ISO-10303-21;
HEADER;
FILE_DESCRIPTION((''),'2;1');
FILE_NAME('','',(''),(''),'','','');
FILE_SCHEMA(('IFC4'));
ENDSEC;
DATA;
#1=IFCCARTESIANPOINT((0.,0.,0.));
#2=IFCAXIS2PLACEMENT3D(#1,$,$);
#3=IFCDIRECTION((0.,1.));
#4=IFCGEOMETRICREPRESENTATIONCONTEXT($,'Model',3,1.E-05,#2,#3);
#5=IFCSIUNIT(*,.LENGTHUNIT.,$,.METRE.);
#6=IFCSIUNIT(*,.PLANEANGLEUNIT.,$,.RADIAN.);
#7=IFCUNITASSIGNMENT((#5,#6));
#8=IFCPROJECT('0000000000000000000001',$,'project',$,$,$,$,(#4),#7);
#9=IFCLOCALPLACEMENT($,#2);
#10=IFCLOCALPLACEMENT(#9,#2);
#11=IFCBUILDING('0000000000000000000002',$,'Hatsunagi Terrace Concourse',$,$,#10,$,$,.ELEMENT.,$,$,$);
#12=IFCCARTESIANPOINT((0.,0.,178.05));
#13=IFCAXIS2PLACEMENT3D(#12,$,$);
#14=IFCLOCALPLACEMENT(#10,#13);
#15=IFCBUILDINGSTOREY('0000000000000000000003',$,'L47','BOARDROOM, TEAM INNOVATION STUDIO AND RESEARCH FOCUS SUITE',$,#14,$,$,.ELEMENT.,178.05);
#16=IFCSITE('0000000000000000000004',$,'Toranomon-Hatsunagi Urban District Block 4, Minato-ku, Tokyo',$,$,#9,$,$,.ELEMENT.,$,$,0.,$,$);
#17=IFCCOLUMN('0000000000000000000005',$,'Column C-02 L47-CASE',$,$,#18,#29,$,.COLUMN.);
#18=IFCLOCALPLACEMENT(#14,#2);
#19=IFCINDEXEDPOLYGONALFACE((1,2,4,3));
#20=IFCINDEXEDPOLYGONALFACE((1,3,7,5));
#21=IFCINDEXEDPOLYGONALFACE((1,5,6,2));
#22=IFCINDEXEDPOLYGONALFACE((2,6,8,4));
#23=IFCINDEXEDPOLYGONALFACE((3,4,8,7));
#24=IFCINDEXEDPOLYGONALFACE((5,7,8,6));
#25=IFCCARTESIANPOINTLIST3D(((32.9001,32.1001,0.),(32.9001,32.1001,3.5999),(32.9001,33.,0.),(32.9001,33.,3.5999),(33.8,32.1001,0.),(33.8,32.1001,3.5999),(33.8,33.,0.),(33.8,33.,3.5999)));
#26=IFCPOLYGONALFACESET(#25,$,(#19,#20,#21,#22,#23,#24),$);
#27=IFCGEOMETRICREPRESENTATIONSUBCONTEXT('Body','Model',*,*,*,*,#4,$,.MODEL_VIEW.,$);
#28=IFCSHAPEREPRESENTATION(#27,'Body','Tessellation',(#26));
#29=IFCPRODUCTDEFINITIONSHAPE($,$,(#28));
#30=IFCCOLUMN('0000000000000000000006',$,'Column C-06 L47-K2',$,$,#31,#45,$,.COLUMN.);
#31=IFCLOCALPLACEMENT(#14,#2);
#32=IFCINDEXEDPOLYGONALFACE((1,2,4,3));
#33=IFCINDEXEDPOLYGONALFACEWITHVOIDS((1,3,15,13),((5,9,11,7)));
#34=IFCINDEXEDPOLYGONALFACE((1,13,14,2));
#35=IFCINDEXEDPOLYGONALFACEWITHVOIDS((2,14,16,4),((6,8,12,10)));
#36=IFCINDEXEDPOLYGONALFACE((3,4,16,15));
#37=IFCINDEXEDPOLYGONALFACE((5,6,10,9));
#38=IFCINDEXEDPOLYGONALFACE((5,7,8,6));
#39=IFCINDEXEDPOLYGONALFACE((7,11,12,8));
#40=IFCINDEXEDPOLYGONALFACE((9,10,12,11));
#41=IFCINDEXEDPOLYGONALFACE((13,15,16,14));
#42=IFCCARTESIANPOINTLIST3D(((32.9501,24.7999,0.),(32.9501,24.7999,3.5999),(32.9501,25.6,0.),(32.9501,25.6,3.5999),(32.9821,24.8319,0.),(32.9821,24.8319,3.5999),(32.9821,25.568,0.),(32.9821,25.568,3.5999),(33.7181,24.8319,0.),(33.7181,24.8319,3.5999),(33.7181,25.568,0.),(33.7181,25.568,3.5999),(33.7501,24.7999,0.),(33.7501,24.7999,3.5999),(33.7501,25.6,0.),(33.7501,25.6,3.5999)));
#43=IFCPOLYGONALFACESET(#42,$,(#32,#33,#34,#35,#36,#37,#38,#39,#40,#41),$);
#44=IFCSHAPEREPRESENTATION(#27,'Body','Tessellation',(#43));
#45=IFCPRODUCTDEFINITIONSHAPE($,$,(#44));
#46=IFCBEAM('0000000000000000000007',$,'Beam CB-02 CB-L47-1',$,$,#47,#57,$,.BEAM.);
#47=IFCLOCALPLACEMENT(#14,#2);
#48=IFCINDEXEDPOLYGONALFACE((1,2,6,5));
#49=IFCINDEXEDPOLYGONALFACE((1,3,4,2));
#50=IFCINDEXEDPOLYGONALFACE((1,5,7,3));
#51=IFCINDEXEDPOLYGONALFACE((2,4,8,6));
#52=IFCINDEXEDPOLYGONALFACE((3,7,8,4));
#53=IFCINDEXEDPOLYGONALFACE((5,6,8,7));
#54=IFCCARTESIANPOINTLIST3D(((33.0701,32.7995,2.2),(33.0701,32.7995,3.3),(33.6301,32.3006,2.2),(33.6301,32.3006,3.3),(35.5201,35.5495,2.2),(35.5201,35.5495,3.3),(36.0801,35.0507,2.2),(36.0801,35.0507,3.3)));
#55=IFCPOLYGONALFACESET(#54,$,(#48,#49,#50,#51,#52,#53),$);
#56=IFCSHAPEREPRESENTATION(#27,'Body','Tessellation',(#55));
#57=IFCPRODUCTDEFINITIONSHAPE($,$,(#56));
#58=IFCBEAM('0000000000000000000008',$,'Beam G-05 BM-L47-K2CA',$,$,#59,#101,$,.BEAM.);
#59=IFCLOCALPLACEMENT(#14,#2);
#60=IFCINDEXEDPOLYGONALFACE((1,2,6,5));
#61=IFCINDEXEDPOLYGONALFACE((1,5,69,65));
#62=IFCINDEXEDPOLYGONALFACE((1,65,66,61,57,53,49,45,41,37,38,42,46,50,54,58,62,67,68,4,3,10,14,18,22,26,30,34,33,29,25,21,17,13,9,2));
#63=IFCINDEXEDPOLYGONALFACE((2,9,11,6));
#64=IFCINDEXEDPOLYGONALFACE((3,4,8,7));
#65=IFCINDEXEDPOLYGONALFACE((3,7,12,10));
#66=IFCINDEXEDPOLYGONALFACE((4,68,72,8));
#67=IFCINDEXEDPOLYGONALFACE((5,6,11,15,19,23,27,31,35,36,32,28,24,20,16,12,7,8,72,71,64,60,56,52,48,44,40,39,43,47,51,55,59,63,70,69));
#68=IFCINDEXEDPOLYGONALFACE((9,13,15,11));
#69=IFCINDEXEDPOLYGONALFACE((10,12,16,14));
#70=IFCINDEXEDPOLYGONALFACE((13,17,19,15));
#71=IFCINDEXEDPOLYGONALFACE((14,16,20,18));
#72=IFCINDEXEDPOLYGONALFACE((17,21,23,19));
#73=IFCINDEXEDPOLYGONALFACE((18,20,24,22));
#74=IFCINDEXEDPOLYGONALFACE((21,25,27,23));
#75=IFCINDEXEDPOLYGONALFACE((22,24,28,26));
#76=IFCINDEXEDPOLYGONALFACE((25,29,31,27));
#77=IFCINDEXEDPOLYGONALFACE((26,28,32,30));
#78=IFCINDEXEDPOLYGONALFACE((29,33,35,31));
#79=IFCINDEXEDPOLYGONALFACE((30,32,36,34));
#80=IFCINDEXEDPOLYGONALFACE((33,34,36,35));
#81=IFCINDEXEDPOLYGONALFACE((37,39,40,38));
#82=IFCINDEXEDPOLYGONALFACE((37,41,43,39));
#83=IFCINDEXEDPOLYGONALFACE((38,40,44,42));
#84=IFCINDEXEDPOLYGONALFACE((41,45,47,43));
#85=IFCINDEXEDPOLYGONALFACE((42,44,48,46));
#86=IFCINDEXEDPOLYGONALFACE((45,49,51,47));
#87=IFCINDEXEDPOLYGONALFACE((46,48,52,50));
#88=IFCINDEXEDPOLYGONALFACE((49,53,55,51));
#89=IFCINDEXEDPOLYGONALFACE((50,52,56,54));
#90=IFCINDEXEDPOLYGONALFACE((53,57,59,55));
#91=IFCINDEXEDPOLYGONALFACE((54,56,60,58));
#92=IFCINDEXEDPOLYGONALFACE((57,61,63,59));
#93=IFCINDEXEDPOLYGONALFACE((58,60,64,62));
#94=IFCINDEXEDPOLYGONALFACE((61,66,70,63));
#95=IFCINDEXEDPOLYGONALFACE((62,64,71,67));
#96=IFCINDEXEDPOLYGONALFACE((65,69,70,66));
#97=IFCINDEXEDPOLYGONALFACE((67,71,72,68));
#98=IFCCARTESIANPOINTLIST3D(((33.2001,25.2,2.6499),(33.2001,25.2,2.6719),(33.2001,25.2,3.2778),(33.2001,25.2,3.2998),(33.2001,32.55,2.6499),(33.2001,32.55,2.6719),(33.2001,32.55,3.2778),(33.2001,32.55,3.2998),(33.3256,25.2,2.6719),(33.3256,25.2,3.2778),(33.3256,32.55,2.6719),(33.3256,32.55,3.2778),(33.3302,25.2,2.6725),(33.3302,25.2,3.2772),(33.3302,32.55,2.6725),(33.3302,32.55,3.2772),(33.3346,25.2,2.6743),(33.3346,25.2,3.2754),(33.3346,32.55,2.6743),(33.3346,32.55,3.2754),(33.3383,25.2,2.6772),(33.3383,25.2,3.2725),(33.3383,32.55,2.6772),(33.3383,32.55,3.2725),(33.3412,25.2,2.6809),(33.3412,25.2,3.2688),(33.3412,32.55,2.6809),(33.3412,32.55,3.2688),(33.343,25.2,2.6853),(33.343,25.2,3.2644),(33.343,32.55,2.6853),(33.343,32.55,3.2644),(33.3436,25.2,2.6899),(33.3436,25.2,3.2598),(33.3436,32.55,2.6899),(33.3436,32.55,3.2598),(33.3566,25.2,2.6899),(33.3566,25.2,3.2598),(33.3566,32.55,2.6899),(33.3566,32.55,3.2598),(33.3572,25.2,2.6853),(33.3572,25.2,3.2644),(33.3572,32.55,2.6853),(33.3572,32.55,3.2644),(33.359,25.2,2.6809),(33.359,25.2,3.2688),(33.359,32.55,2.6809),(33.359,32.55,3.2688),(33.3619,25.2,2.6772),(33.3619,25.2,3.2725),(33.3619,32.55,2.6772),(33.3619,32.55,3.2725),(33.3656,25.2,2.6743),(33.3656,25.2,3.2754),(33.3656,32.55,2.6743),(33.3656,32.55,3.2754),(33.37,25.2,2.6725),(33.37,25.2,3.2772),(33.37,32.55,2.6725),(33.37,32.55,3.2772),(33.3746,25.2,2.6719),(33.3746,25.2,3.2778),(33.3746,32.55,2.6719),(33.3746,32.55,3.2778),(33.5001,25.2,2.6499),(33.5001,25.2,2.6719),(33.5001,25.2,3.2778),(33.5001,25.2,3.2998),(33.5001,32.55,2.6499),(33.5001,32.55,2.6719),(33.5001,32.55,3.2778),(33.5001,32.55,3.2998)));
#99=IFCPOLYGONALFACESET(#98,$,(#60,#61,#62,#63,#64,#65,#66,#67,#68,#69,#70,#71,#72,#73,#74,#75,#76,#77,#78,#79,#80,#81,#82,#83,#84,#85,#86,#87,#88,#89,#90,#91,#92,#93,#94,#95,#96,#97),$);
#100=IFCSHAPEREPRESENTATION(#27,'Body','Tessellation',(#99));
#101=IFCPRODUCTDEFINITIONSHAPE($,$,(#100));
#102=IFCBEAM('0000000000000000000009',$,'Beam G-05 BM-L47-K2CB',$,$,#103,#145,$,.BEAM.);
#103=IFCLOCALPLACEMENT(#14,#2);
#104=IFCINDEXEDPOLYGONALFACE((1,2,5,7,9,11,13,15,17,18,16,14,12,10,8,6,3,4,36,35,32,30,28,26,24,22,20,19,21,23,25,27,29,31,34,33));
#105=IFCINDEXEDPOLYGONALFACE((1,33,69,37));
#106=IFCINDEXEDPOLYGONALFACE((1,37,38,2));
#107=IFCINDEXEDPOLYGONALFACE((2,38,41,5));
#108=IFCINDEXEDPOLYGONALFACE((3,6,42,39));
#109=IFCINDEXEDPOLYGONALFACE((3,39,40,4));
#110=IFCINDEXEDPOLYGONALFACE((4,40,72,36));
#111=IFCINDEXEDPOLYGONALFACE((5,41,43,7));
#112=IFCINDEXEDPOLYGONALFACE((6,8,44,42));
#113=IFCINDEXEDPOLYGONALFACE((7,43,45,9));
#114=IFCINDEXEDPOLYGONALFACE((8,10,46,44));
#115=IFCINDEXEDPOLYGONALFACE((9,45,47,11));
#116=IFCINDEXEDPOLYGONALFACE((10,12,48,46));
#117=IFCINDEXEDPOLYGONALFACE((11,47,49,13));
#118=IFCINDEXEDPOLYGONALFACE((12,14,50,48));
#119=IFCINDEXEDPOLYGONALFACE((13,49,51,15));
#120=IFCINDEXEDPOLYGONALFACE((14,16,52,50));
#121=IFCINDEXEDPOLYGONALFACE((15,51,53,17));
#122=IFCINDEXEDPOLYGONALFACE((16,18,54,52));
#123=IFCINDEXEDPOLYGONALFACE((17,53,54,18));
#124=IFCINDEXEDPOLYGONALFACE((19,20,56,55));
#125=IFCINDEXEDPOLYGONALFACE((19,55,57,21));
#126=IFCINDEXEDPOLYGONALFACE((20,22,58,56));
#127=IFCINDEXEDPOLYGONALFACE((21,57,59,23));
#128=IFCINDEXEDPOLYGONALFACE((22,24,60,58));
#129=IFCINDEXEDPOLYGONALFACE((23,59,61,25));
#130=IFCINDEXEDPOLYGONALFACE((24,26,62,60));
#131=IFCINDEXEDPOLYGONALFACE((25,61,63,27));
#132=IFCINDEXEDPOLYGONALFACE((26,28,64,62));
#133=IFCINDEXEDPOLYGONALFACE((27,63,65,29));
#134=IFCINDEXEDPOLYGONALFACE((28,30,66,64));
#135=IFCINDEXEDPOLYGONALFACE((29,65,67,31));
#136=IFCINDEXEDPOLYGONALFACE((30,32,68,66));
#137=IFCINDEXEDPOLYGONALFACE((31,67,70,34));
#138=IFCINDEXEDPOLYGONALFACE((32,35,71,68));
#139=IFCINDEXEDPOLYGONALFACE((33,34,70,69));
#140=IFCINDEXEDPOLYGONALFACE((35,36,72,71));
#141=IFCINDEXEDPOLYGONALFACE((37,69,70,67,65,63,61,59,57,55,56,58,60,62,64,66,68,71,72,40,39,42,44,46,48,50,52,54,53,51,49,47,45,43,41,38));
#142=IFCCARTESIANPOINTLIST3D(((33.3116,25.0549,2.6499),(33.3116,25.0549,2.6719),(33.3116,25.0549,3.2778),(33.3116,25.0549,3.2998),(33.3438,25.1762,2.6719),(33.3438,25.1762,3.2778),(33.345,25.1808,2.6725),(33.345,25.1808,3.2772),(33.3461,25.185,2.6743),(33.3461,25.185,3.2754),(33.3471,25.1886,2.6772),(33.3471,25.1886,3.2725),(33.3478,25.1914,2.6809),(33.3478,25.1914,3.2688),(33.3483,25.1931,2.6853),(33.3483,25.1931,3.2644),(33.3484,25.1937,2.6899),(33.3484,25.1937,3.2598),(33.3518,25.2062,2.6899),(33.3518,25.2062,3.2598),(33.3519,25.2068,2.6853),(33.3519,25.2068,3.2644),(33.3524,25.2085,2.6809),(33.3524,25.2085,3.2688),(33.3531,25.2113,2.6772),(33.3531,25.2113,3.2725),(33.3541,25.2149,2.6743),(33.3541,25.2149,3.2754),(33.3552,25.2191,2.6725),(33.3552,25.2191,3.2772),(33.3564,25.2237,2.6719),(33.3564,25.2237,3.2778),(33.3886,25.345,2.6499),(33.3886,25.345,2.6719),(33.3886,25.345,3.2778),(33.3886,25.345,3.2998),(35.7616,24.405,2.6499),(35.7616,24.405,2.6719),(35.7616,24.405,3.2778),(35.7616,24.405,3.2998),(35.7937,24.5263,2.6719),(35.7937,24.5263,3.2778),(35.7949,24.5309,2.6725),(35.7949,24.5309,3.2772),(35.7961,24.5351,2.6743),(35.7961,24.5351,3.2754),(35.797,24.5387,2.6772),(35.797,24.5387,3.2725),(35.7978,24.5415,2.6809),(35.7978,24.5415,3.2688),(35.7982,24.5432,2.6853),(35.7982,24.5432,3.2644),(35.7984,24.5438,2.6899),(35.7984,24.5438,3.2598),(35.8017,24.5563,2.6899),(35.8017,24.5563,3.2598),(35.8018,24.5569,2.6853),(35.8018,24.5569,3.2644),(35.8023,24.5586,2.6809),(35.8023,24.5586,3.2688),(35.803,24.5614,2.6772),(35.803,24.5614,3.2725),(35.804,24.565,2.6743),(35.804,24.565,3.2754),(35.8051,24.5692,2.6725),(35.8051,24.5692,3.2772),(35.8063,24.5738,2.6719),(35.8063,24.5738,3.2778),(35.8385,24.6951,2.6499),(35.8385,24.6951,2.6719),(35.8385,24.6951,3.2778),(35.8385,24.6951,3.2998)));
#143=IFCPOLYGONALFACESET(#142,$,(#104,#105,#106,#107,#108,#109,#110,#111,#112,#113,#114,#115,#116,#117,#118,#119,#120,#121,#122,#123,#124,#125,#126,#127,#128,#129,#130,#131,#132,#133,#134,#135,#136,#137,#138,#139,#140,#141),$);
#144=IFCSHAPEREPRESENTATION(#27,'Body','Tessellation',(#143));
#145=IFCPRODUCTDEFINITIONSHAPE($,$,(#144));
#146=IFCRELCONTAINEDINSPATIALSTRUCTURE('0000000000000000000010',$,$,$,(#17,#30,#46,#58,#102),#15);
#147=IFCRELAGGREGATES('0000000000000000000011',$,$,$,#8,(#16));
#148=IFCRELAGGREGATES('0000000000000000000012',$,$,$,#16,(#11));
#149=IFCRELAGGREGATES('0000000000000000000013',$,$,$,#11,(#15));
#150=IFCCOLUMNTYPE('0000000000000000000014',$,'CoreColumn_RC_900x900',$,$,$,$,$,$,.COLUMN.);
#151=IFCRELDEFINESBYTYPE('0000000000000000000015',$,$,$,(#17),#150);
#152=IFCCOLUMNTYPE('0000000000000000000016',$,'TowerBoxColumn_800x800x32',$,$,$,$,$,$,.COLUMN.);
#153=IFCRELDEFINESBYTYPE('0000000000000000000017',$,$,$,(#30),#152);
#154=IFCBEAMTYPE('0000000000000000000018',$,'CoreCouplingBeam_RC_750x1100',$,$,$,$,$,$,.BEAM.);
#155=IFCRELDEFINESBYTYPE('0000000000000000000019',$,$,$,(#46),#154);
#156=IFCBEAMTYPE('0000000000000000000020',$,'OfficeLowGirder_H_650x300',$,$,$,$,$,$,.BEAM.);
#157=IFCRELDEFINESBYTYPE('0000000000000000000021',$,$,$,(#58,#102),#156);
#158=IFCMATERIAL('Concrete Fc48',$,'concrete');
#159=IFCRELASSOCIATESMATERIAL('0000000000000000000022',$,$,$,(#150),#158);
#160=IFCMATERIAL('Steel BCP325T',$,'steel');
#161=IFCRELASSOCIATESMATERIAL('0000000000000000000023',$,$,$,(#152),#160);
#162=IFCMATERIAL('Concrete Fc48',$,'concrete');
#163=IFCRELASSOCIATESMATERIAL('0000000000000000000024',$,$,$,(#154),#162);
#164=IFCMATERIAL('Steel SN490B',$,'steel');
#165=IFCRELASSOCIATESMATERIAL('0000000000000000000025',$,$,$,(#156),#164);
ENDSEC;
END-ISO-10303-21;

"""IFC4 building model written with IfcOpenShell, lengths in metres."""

from ifc_helpers import new_model, si_unit, direction, frame, origin, origin_2d, place, context, subcontext, project, spatial, rectangle, hollow_rectangle, i_section, extrude, material, material_profile, profile_set, type_object, element, save


model = new_model("IFC4")

# Units and contexts
model_context = context("Model", 3, precision=1e-05, world=origin(), true_north=direction((0.0, 1.0)))
body_context = subcontext(model_context, "Body", "Model", "MODEL_VIEW")
ifc_project = project(units=[si_unit("LENGTHUNIT", "METRE"), si_unit("PLANEANGLEUNIT", "RADIAN")], contexts=[model_context])

# Site, building, storey
site_placement = place(None, origin())
site = spatial("IfcSite", under=ifc_project, at=site_placement, Name="Toranomon-Hatsunagi Urban District Block 4, Minato-ku, Tokyo", CompositionType="ELEMENT", RefElevation=0.0)
building_placement = place(site_placement, origin())
building = spatial("IfcBuilding", under=site, at=building_placement, Name="Hatsunagi Terrace Concourse", CompositionType="ELEMENT")
storey_placement = place(building_placement, frame((0.0, 0.0, 178.05)))
storey = spatial("IfcBuildingStorey", under=building, at=storey_placement, Name="L47", Description="BOARDROOM, TEAM INNOVATION STUDIO AND RESEARCH FOCUS SUITE", CompositionType="ELEMENT", Elevation=178.05)

# Columns
ifc_material_1 = material(Name="Concrete Fc48", Category="concrete")
ifc_material_profile_1 = material_profile(ifc_material_1, rectangle(XDim=0.8999, YDim=0.8999, at=origin_2d()), Name="RC-900x900")
ifc_profile_set_1 = profile_set([ifc_material_profile_1], Name="Concrete Fc48")
column_type_1 = type_object("IfcColumnType", Name="CoreColumn_RC_900x900", PredefinedType="COLUMN", material=ifc_profile_set_1)
column_1_placement = place(storey_placement, frame((33.3501, 32.55, 0.0), z_axis=(0.0, 0.0, 1.0), x_axis=(1.0, 0.0, 0.0)))
element("IfcColumn", 1, at=column_1_placement, inside=storey, type_object=column_type_1, Name="Column C-02 L47-CASE", PredefinedType="COLUMN", context=body_context, shape_type="SweptSolid", body=[
    extrude(rectangle(XDim=0.8999, YDim=0.8999, at=origin_2d()), origin(), (0.0, 0.0, 1.0), 3.5999),
])
ifc_material_2 = material(Name="Steel BCP325T", Category="steel")
ifc_material_profile_2 = material_profile(ifc_material_2, hollow_rectangle(XDim=0.8, YDim=0.8, WallThickness=0.032, at=origin_2d()), Name="BCP-800x800x32")
ifc_profile_set_2 = profile_set([ifc_material_profile_2], Name="Steel BCP325T")
column_type_2 = type_object("IfcColumnType", Name="TowerBoxColumn_800x800x32", PredefinedType="COLUMN", material=ifc_profile_set_2)
column_2_placement = place(storey_placement, frame((33.3501, 25.2, 0.0), z_axis=(0.0, 0.0, 1.0), x_axis=(1.0, 0.0, 0.0)))
element("IfcColumn", 2, at=column_2_placement, inside=storey, type_object=column_type_2, Name="Column C-06 L47-K2", PredefinedType="COLUMN", context=body_context, shape_type="SweptSolid", body=[
    extrude(hollow_rectangle(XDim=0.8, YDim=0.8, WallThickness=0.032, at=origin_2d()), origin(), (0.0, 0.0, 1.0), 3.5999),
])

# Beams
ifc_material_3 = material(Name="Concrete Fc48", Category="concrete")
ifc_material_profile_3 = material_profile(ifc_material_3, rectangle(XDim=0.75, YDim=1.1001, at=origin_2d()), Name="RC-750x1100")
ifc_profile_set_3 = profile_set([ifc_material_profile_3], Name="Concrete Fc48")
beam_type_1 = type_object("IfcBeamType", Name="CoreCouplingBeam_RC_750x1100", PredefinedType="BEAM", material=ifc_profile_set_3)
beam_1_placement = place(storey_placement, frame((33.3501, 32.55, 2.75), z_axis=(0.665199, 0.746666, 0.0), x_axis=(-0.746666, 0.665199, 0.0)))
element("IfcBeam", 3, at=beam_1_placement, inside=storey, type_object=beam_type_1, Name="Beam CB-02 CB-L47-1", PredefinedType="BEAM", context=body_context, shape_type="SweptSolid", body=[
    extrude(rectangle(XDim=0.75, YDim=1.1001, at=origin_2d()), origin(), (0.0, 0.0, 1.0), 3.6831),
])
ifc_material_4 = material(Name="Steel SN490B", Category="steel")
ifc_material_profile_4 = material_profile(ifc_material_4, i_section(OverallWidth=0.3, OverallDepth=0.6499, WebThickness=0.0129, FlangeThickness=0.022, FilletRadius=0.0181, at=origin_2d()), Name="H-650x300x13x22")
ifc_profile_set_4 = profile_set([ifc_material_profile_4], Name="Steel SN490B")
beam_type_2 = type_object("IfcBeamType", Name="OfficeLowGirder_H_650x300", PredefinedType="BEAM", material=ifc_profile_set_4)
beam_2_placement = place(storey_placement, frame((33.3501, 25.2, 2.9749), z_axis=(0.0, 1.0, 0.0), x_axis=(-1.0, 0.0, 0.0)))
element("IfcBeam", 4, at=beam_2_placement, inside=storey, type_object=beam_type_2, Name="Beam G-05 BM-L47-K2CA", PredefinedType="BEAM", context=body_context, shape_type="SweptSolid", body=[
    extrude(i_section(OverallWidth=0.3, OverallDepth=0.6499, WebThickness=0.0129, FlangeThickness=0.022, FilletRadius=0.0181, at=origin_2d()), origin(), (0.0, 0.0, 1.0), 7.3501),
])
beam_3_placement = place(storey_placement, frame((33.3501, 25.2, 2.9749), z_axis=(0.96657, -0.256403, 0.0), x_axis=(0.256403, 0.96657, 0.0)))
element("IfcBeam", 5, at=beam_3_placement, inside=storey, type_object=beam_type_2, Name="Beam G-05 BM-L47-K2CB", PredefinedType="BEAM", context=body_context, shape_type="SweptSolid", body=[
    extrude(i_section(OverallWidth=0.3, OverallDepth=0.6499, WebThickness=0.0129, FlangeThickness=0.022, FilletRadius=0.0181, at=origin_2d()), origin(), (0.0, 0.0, 1.0), 2.5347),
])

save(model, "model.ifc")
